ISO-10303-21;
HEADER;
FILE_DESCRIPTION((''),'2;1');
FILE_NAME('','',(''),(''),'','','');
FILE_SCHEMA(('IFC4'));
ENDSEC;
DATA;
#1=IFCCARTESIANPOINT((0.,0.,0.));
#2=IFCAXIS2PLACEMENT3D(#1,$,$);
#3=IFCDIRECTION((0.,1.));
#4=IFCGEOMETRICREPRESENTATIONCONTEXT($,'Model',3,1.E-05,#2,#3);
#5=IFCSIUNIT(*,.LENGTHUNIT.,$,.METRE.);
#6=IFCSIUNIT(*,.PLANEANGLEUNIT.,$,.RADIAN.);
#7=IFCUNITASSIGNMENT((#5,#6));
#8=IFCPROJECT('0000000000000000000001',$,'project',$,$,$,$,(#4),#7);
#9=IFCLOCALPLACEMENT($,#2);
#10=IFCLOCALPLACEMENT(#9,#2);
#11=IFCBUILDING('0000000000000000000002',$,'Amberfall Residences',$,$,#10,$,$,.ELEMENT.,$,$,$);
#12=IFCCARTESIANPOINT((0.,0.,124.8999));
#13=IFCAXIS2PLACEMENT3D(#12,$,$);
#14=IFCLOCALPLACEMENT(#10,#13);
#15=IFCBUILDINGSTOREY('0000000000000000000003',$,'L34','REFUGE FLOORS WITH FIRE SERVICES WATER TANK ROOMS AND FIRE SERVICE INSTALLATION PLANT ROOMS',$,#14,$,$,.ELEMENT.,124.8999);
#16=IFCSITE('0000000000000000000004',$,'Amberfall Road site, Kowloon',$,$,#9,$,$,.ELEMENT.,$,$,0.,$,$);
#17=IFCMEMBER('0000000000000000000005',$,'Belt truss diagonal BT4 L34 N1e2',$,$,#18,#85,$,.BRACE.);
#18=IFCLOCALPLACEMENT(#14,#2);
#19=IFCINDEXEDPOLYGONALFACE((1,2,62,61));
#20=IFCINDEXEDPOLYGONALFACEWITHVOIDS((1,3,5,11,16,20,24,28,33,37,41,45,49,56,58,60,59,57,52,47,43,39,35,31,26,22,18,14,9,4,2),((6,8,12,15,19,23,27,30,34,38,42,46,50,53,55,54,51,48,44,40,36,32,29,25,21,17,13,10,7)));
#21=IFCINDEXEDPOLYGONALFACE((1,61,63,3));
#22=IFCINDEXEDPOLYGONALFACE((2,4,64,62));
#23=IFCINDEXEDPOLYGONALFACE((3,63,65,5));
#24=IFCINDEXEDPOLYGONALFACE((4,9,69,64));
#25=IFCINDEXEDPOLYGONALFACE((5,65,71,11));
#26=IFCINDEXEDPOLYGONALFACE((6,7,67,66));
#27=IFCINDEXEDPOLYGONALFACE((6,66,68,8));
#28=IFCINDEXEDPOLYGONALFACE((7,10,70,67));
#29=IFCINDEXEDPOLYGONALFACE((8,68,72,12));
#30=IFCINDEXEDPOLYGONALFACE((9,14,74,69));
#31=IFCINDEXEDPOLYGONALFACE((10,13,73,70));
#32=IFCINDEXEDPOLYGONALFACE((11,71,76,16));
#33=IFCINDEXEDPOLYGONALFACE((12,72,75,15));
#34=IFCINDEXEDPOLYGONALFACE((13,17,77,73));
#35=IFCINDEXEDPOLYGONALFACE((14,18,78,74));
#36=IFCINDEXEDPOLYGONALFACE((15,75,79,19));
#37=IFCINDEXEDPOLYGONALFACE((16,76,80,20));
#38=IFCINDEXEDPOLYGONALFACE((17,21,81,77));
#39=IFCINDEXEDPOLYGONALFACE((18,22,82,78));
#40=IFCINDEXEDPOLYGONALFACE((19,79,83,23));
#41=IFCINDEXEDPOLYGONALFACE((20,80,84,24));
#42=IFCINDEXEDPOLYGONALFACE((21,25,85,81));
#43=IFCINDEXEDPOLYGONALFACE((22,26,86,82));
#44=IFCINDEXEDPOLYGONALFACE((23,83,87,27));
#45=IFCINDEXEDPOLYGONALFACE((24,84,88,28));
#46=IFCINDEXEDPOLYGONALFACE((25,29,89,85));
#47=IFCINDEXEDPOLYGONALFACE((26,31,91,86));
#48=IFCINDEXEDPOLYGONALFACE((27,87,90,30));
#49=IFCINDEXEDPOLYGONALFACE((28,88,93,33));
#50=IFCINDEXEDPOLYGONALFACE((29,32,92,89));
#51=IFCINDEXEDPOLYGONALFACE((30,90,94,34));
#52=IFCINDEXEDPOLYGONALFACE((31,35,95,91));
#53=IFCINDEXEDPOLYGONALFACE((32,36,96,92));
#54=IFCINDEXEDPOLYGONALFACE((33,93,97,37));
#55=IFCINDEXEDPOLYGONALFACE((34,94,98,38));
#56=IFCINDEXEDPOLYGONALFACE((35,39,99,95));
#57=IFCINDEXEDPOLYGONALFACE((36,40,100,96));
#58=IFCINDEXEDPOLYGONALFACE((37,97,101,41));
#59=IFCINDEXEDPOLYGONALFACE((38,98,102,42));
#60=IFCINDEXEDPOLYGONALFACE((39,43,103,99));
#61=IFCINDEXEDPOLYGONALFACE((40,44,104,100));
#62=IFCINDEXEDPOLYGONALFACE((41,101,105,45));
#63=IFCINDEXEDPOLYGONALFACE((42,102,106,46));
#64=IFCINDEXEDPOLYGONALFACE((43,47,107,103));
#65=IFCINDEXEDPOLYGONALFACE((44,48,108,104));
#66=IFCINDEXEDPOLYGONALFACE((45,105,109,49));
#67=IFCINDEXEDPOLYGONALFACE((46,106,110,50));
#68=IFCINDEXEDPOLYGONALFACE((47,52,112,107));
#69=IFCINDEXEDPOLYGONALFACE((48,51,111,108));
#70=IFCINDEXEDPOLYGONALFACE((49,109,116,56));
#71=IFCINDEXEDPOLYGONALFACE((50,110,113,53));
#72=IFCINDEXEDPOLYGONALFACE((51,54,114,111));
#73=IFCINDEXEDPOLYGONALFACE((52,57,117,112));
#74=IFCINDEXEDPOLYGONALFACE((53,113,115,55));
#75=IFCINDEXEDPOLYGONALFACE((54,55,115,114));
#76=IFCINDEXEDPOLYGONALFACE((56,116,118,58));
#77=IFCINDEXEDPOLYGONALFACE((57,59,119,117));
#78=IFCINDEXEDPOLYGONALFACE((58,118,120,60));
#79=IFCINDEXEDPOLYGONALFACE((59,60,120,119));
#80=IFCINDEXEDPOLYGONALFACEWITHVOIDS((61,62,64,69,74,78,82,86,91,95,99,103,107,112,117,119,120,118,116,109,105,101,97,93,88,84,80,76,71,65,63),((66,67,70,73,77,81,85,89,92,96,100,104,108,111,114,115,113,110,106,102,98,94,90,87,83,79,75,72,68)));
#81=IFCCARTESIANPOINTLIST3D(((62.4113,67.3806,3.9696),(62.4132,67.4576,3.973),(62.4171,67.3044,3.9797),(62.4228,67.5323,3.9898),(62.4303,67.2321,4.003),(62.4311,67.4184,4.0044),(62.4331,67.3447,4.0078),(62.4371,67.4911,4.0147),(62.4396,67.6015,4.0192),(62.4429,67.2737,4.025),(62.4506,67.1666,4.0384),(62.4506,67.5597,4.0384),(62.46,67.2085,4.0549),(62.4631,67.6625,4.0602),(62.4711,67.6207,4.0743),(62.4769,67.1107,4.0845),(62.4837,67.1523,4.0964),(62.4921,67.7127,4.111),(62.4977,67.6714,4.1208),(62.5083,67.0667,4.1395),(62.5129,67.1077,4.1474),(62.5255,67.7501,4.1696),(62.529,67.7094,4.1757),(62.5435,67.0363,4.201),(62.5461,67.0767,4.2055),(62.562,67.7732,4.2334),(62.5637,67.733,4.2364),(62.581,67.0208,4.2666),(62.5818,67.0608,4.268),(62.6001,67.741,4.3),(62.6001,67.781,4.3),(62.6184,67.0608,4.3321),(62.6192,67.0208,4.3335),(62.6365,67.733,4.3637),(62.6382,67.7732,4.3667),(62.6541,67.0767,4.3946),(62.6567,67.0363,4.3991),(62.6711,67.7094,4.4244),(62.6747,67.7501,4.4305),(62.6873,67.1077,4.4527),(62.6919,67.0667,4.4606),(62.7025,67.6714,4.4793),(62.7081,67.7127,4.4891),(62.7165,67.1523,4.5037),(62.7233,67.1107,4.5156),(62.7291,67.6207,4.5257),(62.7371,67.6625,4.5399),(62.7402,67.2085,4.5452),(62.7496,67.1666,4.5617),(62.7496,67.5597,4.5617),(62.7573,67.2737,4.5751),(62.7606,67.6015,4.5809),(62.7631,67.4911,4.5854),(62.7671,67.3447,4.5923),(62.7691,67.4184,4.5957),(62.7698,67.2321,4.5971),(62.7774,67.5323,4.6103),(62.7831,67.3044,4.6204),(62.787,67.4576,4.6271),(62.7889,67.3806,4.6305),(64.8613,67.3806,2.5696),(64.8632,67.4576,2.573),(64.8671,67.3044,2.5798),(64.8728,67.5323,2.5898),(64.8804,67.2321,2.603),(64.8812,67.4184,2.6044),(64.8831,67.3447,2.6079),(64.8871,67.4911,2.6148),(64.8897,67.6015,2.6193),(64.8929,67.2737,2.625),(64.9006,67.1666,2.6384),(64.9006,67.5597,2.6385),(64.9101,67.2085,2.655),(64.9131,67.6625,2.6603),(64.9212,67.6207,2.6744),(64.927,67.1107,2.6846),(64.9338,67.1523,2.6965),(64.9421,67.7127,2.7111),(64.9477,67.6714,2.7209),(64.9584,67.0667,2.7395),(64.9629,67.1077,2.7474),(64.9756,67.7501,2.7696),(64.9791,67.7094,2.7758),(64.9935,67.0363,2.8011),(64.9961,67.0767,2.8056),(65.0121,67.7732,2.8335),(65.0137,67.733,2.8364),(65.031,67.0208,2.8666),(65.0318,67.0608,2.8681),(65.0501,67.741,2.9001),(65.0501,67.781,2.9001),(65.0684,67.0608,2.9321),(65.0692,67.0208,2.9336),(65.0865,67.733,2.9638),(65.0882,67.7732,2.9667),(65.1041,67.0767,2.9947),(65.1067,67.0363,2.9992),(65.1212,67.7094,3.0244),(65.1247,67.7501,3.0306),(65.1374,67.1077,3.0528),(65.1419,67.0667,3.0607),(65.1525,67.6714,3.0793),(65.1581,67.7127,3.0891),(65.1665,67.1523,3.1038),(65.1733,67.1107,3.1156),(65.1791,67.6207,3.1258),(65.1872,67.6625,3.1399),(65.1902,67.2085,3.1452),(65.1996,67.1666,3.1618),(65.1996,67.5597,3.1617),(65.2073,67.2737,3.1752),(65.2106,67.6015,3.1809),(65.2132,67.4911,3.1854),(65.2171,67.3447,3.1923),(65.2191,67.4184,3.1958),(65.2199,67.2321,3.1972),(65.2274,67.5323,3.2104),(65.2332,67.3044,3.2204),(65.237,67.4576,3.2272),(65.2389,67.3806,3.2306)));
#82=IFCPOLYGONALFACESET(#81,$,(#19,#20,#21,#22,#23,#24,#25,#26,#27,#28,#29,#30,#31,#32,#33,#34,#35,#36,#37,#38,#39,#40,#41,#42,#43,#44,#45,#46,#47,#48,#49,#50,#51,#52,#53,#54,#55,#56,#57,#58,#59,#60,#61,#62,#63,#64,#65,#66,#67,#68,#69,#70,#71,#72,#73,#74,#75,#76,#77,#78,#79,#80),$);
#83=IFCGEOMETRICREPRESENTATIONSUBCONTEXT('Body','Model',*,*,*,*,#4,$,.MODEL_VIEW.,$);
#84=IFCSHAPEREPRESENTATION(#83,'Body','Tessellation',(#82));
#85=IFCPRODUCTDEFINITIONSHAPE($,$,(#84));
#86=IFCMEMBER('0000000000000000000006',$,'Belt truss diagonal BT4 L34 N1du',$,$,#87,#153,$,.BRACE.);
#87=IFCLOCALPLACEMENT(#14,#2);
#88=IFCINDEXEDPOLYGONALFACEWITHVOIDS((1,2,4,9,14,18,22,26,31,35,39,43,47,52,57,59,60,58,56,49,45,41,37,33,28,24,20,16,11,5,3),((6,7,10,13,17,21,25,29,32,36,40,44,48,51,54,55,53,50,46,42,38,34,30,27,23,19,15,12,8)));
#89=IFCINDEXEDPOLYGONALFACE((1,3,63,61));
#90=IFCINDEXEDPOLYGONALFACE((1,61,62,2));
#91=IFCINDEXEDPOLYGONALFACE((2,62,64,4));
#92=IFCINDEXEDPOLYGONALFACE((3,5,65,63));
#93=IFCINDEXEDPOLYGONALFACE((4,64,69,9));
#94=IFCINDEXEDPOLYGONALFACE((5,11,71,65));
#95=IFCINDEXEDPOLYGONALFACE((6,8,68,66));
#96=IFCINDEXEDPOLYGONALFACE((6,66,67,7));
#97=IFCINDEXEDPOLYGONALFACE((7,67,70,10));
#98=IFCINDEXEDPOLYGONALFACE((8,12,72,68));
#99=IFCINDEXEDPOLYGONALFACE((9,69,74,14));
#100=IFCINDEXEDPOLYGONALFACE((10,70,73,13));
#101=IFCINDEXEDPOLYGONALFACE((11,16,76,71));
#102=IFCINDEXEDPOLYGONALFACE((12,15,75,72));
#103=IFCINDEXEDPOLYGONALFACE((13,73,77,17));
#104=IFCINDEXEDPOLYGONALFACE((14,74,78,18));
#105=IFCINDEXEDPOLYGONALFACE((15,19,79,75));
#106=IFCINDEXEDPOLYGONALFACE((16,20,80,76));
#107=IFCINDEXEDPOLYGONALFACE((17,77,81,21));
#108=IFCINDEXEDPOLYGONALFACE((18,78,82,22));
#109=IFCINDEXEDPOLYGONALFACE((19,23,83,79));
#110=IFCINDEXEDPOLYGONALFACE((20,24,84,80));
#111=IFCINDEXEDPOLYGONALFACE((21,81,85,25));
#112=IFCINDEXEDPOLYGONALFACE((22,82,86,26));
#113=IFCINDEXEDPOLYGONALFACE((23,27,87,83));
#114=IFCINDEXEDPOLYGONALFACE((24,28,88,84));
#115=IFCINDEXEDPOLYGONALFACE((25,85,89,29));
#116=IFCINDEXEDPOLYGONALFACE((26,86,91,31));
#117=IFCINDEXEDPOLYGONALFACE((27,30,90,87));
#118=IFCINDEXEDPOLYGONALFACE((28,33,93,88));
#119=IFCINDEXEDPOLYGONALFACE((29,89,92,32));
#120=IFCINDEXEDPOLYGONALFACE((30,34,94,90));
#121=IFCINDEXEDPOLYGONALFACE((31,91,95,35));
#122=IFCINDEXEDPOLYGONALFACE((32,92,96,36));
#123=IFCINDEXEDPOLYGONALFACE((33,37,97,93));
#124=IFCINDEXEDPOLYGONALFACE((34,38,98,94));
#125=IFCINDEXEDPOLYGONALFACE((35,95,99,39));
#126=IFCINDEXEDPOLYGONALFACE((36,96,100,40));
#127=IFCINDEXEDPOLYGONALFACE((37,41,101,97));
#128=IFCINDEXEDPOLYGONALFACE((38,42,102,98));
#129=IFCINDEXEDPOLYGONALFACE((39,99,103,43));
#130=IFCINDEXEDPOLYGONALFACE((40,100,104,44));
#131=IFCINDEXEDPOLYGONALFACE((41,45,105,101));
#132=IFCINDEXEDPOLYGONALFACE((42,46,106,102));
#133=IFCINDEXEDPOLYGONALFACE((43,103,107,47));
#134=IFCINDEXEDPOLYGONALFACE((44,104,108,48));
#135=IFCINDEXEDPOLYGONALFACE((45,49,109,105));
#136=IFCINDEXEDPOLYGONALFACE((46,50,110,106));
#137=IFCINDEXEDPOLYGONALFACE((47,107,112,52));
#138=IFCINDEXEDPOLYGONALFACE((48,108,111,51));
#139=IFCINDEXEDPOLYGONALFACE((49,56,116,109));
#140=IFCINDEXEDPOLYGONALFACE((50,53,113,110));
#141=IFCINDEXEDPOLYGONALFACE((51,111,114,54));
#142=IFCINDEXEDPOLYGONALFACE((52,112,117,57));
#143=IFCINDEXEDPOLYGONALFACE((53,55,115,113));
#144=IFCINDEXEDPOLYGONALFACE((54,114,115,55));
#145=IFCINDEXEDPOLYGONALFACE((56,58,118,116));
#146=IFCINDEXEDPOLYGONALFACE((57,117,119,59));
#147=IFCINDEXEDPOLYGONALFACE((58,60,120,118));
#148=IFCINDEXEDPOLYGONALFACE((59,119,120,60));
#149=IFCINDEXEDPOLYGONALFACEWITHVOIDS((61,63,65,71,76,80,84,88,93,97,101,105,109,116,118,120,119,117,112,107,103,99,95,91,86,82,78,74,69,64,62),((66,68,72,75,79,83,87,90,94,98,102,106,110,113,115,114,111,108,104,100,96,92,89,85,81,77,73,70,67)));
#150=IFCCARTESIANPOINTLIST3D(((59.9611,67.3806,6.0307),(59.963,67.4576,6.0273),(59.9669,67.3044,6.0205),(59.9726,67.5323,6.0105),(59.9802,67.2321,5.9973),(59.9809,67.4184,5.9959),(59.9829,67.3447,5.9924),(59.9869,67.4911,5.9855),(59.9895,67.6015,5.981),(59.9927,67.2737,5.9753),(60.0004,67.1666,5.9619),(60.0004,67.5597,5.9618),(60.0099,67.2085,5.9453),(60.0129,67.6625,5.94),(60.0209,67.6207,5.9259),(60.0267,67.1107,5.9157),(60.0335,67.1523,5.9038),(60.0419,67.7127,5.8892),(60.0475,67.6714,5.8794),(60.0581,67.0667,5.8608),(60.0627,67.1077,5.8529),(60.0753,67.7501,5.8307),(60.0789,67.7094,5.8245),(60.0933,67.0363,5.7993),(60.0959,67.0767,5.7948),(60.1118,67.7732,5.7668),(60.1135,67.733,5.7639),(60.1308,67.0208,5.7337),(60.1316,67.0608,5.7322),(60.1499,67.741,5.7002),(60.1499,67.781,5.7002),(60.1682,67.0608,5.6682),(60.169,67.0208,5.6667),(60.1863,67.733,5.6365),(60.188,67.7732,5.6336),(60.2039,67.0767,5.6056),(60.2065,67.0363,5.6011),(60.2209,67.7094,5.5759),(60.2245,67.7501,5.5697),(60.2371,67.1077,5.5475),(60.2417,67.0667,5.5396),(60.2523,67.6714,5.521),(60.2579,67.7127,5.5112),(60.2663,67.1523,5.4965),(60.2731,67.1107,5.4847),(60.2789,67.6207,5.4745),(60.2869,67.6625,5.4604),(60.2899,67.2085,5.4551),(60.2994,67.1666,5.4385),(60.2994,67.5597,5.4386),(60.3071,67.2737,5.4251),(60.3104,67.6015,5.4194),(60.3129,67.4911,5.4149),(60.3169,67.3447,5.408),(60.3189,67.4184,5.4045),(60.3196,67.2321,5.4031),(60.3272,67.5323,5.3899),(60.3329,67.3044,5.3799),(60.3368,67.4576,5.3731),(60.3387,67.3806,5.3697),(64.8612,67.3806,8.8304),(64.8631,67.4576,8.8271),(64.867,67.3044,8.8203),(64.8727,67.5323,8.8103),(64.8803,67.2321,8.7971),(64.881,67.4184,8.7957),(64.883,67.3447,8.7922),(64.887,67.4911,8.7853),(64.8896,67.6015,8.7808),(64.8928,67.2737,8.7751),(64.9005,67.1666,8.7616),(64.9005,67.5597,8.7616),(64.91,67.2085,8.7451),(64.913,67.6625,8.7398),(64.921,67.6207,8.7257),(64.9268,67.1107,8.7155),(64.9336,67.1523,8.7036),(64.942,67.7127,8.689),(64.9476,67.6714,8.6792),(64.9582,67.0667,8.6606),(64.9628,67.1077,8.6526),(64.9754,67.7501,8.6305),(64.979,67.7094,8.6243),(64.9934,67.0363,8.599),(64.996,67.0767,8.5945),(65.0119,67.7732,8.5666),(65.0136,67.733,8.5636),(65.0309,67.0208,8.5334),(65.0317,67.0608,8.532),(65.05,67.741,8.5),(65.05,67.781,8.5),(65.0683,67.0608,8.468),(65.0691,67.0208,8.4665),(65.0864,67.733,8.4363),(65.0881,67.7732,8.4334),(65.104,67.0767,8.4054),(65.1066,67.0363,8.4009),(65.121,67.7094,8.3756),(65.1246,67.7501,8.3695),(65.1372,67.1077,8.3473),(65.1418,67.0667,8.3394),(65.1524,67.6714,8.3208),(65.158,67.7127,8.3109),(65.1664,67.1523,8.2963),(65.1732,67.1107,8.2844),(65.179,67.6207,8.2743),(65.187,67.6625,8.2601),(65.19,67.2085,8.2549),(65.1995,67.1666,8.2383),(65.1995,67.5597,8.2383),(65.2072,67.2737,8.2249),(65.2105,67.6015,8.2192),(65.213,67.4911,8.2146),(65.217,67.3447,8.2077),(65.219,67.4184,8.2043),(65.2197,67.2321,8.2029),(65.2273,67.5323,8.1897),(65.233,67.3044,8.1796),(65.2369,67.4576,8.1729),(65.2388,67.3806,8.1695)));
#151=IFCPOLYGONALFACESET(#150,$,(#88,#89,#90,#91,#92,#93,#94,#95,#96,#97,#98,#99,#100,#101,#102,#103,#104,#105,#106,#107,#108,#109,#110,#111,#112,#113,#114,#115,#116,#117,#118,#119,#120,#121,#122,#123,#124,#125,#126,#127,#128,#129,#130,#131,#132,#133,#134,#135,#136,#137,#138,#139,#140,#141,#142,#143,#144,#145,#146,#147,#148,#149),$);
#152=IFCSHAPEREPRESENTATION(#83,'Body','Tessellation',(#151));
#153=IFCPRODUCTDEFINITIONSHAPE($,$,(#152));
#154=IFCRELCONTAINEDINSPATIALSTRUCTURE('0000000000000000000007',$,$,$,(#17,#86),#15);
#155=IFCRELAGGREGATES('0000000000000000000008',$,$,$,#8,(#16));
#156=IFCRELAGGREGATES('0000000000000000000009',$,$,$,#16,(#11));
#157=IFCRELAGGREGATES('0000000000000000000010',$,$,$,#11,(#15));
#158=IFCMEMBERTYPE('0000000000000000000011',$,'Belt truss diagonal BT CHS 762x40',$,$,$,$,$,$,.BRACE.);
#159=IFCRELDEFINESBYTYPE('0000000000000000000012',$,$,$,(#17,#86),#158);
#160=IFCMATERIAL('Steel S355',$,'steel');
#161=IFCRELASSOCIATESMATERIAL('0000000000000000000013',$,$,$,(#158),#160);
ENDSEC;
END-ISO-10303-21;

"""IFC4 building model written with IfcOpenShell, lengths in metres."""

from ifc_helpers import new_model, si_unit, direction, frame, origin, origin_2d, place, context, subcontext, project, spatial, hollow_circle, extrude, material, material_profile, profile_set, type_object, element, save


model = new_model("IFC4")

# Units and contexts
model_context = context("Model", 3, precision=1e-05, world=origin(), true_north=direction((0.0, 1.0)))
body_context = subcontext(model_context, "Body", "Model", "MODEL_VIEW")
ifc_project = project(units=[si_unit("LENGTHUNIT", "METRE"), si_unit("PLANEANGLEUNIT", "RADIAN")], contexts=[model_context])

# Site, building, storey
site_placement = place(None, origin())
site = spatial("IfcSite", under=ifc_project, at=site_placement, Name="Amberfall Road site, Kowloon", CompositionType="ELEMENT", RefElevation=0.0)
building_placement = place(site_placement, origin())
building = spatial("IfcBuilding", under=site, at=building_placement, Name="Amberfall Residences", CompositionType="ELEMENT")
storey_placement = place(building_placement, frame((0.0, 0.0, 124.8999)))
storey = spatial("IfcBuildingStorey", under=building, at=storey_placement, Name="L34", Description="REFUGE FLOORS WITH FIRE SERVICES WATER TANK ROOMS AND FIRE SERVICE INSTALLATION PLANT ROOMS", CompositionType="ELEMENT", Elevation=124.8999)

# Shared definitions
ifc_material_1 = material(Name="Steel S355", Category="steel")

# Members
ifc_material_profile_1 = material_profile(ifc_material_1, hollow_circle(Radius=0.3811, WallThickness=0.04, at=origin_2d()), Name="CHS 762x40")
ifc_profile_set_1 = profile_set([ifc_material_profile_1], Name="Steel S355")
member_type = type_object("IfcMemberType", Name="Belt truss diagonal BT CHS 762x40", PredefinedType="BRACE", material=ifc_profile_set_1)
member_1_placement = place(storey_placement, frame((62.6001, 67.3999, 4.3), z_axis=(0.868254, 0.0, -0.49612), x_axis=(0.0, 1.0, 0.0)))
element("IfcMember", 1, at=member_1_placement, inside=storey, type_object=member_type, Name="Belt truss diagonal BT4 L34 N1e2", PredefinedType="BRACE", context=body_context, shape_type="SweptSolid", body=[
    extrude(hollow_circle(Radius=0.3811, WallThickness=0.04, at=origin_2d()), origin(), (0.0, 0.0, 1.0), 2.8218),
])
member_2_placement = place(storey_placement, frame((60.1499, 67.3999, 5.7002), z_axis=(0.868264, 0.0, 0.496102), x_axis=(0.0, 1.0, 0.0)))
element("IfcMember", 2, at=member_2_placement, inside=storey, type_object=member_type, Name="Belt truss diagonal BT4 L34 N1du", PredefinedType="BRACE", context=body_context, shape_type="SweptSolid", body=[
    extrude(hollow_circle(Radius=0.3811, WallThickness=0.04, at=origin_2d()), origin(), (0.0, 0.0, 1.0), 5.6436),
])

save(model, "model.ifc")
